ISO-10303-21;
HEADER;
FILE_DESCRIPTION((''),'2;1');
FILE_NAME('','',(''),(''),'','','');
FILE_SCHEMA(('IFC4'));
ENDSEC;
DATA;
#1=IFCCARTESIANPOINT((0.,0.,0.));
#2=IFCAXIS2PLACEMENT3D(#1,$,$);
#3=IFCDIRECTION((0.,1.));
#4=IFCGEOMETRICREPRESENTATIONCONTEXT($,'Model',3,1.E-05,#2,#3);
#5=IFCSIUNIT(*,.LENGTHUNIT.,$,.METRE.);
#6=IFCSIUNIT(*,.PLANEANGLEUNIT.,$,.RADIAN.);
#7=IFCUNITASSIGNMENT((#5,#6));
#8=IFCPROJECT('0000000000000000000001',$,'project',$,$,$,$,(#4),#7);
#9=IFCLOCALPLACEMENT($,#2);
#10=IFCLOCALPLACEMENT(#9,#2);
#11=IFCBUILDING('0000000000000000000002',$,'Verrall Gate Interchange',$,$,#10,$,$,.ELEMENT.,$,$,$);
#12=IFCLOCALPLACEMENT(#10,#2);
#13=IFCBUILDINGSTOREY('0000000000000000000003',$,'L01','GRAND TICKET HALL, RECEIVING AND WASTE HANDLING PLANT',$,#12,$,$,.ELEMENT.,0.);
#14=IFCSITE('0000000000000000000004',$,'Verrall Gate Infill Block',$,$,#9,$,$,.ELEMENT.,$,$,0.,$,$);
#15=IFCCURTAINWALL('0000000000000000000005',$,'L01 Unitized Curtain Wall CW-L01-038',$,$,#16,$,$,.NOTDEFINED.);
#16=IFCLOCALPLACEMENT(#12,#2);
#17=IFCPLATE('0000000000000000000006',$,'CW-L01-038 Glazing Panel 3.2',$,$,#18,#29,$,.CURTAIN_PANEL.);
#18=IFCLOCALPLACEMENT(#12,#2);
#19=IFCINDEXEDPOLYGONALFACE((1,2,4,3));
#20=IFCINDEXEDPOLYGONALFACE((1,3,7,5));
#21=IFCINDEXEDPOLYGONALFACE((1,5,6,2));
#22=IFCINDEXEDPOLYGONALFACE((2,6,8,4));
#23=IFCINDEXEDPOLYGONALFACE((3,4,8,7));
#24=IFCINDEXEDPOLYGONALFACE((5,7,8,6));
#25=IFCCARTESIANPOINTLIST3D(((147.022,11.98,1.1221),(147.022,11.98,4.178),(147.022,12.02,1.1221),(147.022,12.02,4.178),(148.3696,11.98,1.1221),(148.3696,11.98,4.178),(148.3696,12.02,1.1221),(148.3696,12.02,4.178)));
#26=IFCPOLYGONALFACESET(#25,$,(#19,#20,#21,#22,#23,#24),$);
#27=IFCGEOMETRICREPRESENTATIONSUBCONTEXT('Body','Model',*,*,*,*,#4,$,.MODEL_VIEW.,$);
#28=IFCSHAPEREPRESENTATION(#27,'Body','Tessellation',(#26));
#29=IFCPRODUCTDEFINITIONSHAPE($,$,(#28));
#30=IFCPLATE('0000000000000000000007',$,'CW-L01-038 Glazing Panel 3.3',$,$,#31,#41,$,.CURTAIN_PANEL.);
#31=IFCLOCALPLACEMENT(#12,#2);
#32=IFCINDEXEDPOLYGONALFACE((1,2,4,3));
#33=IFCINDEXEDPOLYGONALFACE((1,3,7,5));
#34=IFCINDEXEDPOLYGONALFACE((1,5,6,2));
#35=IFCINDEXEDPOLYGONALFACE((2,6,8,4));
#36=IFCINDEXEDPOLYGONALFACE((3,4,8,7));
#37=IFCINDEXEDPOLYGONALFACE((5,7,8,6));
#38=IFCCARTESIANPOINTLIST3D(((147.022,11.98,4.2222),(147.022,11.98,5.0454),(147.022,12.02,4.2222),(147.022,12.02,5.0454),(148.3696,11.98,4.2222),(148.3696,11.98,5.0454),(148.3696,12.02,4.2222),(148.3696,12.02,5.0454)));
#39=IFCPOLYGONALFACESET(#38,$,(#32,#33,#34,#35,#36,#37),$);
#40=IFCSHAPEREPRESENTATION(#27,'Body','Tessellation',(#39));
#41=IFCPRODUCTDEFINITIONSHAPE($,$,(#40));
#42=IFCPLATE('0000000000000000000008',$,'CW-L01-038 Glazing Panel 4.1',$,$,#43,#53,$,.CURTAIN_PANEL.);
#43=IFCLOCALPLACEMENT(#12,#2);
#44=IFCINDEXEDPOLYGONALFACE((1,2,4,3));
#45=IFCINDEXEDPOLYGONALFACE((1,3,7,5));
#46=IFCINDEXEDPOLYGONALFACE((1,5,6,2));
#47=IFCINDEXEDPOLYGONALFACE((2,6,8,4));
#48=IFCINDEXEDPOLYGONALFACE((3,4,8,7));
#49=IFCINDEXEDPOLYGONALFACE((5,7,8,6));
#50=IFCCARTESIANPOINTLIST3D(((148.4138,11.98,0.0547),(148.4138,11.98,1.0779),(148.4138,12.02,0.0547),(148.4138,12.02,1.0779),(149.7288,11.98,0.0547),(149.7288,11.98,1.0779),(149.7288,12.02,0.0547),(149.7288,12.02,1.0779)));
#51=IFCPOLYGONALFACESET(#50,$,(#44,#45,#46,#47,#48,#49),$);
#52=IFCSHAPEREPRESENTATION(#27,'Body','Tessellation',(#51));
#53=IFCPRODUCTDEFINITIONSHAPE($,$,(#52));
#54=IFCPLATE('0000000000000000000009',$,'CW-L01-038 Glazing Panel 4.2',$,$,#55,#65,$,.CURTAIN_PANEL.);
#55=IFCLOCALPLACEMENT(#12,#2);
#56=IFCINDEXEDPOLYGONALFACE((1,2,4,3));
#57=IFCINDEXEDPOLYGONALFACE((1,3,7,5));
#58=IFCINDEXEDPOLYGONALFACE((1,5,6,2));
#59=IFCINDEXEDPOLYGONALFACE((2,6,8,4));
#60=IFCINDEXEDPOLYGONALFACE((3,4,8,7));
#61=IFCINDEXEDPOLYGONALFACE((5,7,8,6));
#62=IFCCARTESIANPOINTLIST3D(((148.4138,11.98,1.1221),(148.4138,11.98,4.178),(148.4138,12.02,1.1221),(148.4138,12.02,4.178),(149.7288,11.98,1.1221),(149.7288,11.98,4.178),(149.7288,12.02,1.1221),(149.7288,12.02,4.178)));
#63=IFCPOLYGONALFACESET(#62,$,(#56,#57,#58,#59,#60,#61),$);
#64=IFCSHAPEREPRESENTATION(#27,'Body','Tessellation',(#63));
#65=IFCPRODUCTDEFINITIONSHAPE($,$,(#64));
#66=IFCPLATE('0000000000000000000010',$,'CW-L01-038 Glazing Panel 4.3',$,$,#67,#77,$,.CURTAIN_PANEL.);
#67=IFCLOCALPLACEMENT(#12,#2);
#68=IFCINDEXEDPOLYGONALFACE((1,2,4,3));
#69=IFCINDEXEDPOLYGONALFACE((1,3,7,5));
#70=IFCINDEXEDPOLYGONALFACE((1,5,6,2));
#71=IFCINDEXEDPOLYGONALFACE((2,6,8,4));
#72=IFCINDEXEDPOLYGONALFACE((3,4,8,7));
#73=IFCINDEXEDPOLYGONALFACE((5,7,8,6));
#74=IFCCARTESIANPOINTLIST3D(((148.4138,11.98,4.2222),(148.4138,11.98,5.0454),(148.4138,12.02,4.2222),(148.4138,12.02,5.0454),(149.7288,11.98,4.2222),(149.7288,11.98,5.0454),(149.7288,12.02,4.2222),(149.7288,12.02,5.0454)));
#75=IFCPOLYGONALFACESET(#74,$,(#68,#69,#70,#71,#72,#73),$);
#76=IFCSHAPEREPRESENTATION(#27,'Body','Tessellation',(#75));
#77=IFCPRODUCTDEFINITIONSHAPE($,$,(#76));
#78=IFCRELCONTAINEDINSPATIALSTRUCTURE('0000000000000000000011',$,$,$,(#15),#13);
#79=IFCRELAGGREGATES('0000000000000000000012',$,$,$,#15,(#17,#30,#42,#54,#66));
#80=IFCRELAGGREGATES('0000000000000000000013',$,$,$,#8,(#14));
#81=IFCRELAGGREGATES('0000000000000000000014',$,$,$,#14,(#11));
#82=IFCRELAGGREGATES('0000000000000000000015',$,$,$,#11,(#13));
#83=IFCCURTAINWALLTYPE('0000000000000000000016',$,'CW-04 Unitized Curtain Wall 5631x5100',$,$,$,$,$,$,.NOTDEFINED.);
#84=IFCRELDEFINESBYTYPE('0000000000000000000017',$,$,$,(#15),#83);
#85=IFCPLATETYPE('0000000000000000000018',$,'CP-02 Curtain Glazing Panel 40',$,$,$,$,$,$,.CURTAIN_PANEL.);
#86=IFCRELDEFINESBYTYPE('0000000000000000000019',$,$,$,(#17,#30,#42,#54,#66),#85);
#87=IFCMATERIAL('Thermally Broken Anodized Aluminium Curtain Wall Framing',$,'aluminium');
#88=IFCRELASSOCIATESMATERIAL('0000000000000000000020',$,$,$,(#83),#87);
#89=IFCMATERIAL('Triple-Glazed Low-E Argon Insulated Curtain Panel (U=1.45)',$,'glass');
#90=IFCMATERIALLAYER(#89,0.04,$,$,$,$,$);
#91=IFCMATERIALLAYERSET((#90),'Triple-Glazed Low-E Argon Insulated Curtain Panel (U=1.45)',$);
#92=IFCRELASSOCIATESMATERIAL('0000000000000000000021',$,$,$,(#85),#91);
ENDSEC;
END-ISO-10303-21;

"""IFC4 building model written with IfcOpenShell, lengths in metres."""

from ifc_helpers import new_model, si_unit, direction, frame, origin, origin_2d, place, context, subcontext, project, spatial, rectangle, extrude, material, layer, layer_set, type_object, element, aggregate, save


model = new_model("IFC4")

# Units and contexts
model_context = context("Model", 3, precision=1e-05, world=origin(), true_north=direction((0.0, 1.0)))
body_context = subcontext(model_context, "Body", "Model", "MODEL_VIEW")
ifc_project = project(units=[si_unit("LENGTHUNIT", "METRE"), si_unit("PLANEANGLEUNIT", "RADIAN")], contexts=[model_context])

# Site, building, storey
site_placement = place(None, origin())
site = spatial("IfcSite", under=ifc_project, at=site_placement, Name="Verrall Gate Infill Block", CompositionType="ELEMENT", RefElevation=0.0)
building_placement = place(site_placement, origin())
building = spatial("IfcBuilding", under=site, at=building_placement, Name="Verrall Gate Interchange", CompositionType="ELEMENT")
storey_placement = place(building_placement, origin())
storey = spatial("IfcBuildingStorey", under=building, at=storey_placement, Name="L01", Description="GRAND TICKET HALL, RECEIVING AND WASTE HANDLING PLANT", CompositionType="ELEMENT", Elevation=0.0)

# Curtain wall
ifc_material_1 = material(Name="Thermally Broken Anodized Aluminium Curtain Wall Framing", Category="aluminium")
curtain_wall_type = type_object("IfcCurtainWallType", Name="CW-04 Unitized Curtain Wall 5631x5100", PredefinedType="NOTDEFINED", material=ifc_material_1)
curtain_wall_placement = place(storey_placement, origin())
curtain_wall = element("IfcCurtainWall", 1, at=curtain_wall_placement, inside=storey, type_object=curtain_wall_type, Name="L01 Unitized Curtain Wall CW-L01-038", PredefinedType="NOTDEFINED")

# Plates
ifc_material_2 = material(Name="Triple-Glazed Low-E Argon Insulated Curtain Panel (U=1.45)", Category="glass")
ifc_layer = layer(ifc_material_2, 0.04)
ifc_layer_set = layer_set([ifc_layer], Name="Triple-Glazed Low-E Argon Insulated Curtain Panel (U=1.45)")
plate_type = type_object("IfcPlateType", Name="CP-02 Curtain Glazing Panel 40", PredefinedType="CURTAIN_PANEL", material=ifc_layer_set)
plate_1_placement = place(storey_placement, frame((147.6958, 12.0, 1.1221), z_axis=(0.0, 0.0, 1.0), x_axis=(1.0, 0.0, 0.0)))
plate_1 = element("IfcPlate", 2, at=plate_1_placement, type_object=plate_type, Name="CW-L01-038 Glazing Panel 3.2", PredefinedType="CURTAIN_PANEL", context=body_context, shape_type="SweptSolid", body=[
    extrude(rectangle(XDim=1.3477, YDim=0.04, at=origin_2d()), origin(), (0.0, 0.0, 1.0), 3.0559),
])
plate_2_placement = place(storey_placement, frame((147.6958, 12.0, 4.2222), z_axis=(0.0, 0.0, 1.0), x_axis=(1.0, 0.0, 0.0)))
plate_2 = element("IfcPlate", 3, at=plate_2_placement, type_object=plate_type, Name="CW-L01-038 Glazing Panel 3.3", PredefinedType="CURTAIN_PANEL", context=body_context, shape_type="SweptSolid", body=[
    extrude(rectangle(XDim=1.3477, YDim=0.04, at=origin_2d()), origin(), (0.0, 0.0, 1.0), 0.8232),
])
plate_3_placement = place(storey_placement, frame((149.0713, 12.0, 0.0547), z_axis=(0.0, 0.0, 1.0), x_axis=(1.0, 0.0, 0.0)))
plate_3 = element("IfcPlate", 4, at=plate_3_placement, type_object=plate_type, Name="CW-L01-038 Glazing Panel 4.1", PredefinedType="CURTAIN_PANEL", context=body_context, shape_type="SweptSolid", body=[
    extrude(rectangle(XDim=1.3149, YDim=0.04, at=origin_2d()), origin(), (0.0, 0.0, 1.0), 1.0232),
])
plate_4_placement = place(storey_placement, frame((149.0713, 12.0, 1.1221), z_axis=(0.0, 0.0, 1.0), x_axis=(1.0, 0.0, 0.0)))
plate_4 = element("IfcPlate", 5, at=plate_4_placement, type_object=plate_type, Name="CW-L01-038 Glazing Panel 4.2", PredefinedType="CURTAIN_PANEL", context=body_context, shape_type="SweptSolid", body=[
    extrude(rectangle(XDim=1.3149, YDim=0.04, at=origin_2d()), origin(), (0.0, 0.0, 1.0), 3.0559),
])
plate_5_placement = place(storey_placement, frame((149.0713, 12.0, 4.2222), z_axis=(0.0, 0.0, 1.0), x_axis=(1.0, 0.0, 0.0)))
plate_5 = element("IfcPlate", 6, at=plate_5_placement, type_object=plate_type, Name="CW-L01-038 Glazing Panel 4.3", PredefinedType="CURTAIN_PANEL", context=body_context, shape_type="SweptSolid", body=[
    extrude(rectangle(XDim=1.3149, YDim=0.04, at=origin_2d()), origin(), (0.0, 0.0, 1.0), 0.8232),
])
aggregate(curtain_wall, [plate_1, plate_2, plate_3, plate_4, plate_5])

save(model, "model.ifc")
